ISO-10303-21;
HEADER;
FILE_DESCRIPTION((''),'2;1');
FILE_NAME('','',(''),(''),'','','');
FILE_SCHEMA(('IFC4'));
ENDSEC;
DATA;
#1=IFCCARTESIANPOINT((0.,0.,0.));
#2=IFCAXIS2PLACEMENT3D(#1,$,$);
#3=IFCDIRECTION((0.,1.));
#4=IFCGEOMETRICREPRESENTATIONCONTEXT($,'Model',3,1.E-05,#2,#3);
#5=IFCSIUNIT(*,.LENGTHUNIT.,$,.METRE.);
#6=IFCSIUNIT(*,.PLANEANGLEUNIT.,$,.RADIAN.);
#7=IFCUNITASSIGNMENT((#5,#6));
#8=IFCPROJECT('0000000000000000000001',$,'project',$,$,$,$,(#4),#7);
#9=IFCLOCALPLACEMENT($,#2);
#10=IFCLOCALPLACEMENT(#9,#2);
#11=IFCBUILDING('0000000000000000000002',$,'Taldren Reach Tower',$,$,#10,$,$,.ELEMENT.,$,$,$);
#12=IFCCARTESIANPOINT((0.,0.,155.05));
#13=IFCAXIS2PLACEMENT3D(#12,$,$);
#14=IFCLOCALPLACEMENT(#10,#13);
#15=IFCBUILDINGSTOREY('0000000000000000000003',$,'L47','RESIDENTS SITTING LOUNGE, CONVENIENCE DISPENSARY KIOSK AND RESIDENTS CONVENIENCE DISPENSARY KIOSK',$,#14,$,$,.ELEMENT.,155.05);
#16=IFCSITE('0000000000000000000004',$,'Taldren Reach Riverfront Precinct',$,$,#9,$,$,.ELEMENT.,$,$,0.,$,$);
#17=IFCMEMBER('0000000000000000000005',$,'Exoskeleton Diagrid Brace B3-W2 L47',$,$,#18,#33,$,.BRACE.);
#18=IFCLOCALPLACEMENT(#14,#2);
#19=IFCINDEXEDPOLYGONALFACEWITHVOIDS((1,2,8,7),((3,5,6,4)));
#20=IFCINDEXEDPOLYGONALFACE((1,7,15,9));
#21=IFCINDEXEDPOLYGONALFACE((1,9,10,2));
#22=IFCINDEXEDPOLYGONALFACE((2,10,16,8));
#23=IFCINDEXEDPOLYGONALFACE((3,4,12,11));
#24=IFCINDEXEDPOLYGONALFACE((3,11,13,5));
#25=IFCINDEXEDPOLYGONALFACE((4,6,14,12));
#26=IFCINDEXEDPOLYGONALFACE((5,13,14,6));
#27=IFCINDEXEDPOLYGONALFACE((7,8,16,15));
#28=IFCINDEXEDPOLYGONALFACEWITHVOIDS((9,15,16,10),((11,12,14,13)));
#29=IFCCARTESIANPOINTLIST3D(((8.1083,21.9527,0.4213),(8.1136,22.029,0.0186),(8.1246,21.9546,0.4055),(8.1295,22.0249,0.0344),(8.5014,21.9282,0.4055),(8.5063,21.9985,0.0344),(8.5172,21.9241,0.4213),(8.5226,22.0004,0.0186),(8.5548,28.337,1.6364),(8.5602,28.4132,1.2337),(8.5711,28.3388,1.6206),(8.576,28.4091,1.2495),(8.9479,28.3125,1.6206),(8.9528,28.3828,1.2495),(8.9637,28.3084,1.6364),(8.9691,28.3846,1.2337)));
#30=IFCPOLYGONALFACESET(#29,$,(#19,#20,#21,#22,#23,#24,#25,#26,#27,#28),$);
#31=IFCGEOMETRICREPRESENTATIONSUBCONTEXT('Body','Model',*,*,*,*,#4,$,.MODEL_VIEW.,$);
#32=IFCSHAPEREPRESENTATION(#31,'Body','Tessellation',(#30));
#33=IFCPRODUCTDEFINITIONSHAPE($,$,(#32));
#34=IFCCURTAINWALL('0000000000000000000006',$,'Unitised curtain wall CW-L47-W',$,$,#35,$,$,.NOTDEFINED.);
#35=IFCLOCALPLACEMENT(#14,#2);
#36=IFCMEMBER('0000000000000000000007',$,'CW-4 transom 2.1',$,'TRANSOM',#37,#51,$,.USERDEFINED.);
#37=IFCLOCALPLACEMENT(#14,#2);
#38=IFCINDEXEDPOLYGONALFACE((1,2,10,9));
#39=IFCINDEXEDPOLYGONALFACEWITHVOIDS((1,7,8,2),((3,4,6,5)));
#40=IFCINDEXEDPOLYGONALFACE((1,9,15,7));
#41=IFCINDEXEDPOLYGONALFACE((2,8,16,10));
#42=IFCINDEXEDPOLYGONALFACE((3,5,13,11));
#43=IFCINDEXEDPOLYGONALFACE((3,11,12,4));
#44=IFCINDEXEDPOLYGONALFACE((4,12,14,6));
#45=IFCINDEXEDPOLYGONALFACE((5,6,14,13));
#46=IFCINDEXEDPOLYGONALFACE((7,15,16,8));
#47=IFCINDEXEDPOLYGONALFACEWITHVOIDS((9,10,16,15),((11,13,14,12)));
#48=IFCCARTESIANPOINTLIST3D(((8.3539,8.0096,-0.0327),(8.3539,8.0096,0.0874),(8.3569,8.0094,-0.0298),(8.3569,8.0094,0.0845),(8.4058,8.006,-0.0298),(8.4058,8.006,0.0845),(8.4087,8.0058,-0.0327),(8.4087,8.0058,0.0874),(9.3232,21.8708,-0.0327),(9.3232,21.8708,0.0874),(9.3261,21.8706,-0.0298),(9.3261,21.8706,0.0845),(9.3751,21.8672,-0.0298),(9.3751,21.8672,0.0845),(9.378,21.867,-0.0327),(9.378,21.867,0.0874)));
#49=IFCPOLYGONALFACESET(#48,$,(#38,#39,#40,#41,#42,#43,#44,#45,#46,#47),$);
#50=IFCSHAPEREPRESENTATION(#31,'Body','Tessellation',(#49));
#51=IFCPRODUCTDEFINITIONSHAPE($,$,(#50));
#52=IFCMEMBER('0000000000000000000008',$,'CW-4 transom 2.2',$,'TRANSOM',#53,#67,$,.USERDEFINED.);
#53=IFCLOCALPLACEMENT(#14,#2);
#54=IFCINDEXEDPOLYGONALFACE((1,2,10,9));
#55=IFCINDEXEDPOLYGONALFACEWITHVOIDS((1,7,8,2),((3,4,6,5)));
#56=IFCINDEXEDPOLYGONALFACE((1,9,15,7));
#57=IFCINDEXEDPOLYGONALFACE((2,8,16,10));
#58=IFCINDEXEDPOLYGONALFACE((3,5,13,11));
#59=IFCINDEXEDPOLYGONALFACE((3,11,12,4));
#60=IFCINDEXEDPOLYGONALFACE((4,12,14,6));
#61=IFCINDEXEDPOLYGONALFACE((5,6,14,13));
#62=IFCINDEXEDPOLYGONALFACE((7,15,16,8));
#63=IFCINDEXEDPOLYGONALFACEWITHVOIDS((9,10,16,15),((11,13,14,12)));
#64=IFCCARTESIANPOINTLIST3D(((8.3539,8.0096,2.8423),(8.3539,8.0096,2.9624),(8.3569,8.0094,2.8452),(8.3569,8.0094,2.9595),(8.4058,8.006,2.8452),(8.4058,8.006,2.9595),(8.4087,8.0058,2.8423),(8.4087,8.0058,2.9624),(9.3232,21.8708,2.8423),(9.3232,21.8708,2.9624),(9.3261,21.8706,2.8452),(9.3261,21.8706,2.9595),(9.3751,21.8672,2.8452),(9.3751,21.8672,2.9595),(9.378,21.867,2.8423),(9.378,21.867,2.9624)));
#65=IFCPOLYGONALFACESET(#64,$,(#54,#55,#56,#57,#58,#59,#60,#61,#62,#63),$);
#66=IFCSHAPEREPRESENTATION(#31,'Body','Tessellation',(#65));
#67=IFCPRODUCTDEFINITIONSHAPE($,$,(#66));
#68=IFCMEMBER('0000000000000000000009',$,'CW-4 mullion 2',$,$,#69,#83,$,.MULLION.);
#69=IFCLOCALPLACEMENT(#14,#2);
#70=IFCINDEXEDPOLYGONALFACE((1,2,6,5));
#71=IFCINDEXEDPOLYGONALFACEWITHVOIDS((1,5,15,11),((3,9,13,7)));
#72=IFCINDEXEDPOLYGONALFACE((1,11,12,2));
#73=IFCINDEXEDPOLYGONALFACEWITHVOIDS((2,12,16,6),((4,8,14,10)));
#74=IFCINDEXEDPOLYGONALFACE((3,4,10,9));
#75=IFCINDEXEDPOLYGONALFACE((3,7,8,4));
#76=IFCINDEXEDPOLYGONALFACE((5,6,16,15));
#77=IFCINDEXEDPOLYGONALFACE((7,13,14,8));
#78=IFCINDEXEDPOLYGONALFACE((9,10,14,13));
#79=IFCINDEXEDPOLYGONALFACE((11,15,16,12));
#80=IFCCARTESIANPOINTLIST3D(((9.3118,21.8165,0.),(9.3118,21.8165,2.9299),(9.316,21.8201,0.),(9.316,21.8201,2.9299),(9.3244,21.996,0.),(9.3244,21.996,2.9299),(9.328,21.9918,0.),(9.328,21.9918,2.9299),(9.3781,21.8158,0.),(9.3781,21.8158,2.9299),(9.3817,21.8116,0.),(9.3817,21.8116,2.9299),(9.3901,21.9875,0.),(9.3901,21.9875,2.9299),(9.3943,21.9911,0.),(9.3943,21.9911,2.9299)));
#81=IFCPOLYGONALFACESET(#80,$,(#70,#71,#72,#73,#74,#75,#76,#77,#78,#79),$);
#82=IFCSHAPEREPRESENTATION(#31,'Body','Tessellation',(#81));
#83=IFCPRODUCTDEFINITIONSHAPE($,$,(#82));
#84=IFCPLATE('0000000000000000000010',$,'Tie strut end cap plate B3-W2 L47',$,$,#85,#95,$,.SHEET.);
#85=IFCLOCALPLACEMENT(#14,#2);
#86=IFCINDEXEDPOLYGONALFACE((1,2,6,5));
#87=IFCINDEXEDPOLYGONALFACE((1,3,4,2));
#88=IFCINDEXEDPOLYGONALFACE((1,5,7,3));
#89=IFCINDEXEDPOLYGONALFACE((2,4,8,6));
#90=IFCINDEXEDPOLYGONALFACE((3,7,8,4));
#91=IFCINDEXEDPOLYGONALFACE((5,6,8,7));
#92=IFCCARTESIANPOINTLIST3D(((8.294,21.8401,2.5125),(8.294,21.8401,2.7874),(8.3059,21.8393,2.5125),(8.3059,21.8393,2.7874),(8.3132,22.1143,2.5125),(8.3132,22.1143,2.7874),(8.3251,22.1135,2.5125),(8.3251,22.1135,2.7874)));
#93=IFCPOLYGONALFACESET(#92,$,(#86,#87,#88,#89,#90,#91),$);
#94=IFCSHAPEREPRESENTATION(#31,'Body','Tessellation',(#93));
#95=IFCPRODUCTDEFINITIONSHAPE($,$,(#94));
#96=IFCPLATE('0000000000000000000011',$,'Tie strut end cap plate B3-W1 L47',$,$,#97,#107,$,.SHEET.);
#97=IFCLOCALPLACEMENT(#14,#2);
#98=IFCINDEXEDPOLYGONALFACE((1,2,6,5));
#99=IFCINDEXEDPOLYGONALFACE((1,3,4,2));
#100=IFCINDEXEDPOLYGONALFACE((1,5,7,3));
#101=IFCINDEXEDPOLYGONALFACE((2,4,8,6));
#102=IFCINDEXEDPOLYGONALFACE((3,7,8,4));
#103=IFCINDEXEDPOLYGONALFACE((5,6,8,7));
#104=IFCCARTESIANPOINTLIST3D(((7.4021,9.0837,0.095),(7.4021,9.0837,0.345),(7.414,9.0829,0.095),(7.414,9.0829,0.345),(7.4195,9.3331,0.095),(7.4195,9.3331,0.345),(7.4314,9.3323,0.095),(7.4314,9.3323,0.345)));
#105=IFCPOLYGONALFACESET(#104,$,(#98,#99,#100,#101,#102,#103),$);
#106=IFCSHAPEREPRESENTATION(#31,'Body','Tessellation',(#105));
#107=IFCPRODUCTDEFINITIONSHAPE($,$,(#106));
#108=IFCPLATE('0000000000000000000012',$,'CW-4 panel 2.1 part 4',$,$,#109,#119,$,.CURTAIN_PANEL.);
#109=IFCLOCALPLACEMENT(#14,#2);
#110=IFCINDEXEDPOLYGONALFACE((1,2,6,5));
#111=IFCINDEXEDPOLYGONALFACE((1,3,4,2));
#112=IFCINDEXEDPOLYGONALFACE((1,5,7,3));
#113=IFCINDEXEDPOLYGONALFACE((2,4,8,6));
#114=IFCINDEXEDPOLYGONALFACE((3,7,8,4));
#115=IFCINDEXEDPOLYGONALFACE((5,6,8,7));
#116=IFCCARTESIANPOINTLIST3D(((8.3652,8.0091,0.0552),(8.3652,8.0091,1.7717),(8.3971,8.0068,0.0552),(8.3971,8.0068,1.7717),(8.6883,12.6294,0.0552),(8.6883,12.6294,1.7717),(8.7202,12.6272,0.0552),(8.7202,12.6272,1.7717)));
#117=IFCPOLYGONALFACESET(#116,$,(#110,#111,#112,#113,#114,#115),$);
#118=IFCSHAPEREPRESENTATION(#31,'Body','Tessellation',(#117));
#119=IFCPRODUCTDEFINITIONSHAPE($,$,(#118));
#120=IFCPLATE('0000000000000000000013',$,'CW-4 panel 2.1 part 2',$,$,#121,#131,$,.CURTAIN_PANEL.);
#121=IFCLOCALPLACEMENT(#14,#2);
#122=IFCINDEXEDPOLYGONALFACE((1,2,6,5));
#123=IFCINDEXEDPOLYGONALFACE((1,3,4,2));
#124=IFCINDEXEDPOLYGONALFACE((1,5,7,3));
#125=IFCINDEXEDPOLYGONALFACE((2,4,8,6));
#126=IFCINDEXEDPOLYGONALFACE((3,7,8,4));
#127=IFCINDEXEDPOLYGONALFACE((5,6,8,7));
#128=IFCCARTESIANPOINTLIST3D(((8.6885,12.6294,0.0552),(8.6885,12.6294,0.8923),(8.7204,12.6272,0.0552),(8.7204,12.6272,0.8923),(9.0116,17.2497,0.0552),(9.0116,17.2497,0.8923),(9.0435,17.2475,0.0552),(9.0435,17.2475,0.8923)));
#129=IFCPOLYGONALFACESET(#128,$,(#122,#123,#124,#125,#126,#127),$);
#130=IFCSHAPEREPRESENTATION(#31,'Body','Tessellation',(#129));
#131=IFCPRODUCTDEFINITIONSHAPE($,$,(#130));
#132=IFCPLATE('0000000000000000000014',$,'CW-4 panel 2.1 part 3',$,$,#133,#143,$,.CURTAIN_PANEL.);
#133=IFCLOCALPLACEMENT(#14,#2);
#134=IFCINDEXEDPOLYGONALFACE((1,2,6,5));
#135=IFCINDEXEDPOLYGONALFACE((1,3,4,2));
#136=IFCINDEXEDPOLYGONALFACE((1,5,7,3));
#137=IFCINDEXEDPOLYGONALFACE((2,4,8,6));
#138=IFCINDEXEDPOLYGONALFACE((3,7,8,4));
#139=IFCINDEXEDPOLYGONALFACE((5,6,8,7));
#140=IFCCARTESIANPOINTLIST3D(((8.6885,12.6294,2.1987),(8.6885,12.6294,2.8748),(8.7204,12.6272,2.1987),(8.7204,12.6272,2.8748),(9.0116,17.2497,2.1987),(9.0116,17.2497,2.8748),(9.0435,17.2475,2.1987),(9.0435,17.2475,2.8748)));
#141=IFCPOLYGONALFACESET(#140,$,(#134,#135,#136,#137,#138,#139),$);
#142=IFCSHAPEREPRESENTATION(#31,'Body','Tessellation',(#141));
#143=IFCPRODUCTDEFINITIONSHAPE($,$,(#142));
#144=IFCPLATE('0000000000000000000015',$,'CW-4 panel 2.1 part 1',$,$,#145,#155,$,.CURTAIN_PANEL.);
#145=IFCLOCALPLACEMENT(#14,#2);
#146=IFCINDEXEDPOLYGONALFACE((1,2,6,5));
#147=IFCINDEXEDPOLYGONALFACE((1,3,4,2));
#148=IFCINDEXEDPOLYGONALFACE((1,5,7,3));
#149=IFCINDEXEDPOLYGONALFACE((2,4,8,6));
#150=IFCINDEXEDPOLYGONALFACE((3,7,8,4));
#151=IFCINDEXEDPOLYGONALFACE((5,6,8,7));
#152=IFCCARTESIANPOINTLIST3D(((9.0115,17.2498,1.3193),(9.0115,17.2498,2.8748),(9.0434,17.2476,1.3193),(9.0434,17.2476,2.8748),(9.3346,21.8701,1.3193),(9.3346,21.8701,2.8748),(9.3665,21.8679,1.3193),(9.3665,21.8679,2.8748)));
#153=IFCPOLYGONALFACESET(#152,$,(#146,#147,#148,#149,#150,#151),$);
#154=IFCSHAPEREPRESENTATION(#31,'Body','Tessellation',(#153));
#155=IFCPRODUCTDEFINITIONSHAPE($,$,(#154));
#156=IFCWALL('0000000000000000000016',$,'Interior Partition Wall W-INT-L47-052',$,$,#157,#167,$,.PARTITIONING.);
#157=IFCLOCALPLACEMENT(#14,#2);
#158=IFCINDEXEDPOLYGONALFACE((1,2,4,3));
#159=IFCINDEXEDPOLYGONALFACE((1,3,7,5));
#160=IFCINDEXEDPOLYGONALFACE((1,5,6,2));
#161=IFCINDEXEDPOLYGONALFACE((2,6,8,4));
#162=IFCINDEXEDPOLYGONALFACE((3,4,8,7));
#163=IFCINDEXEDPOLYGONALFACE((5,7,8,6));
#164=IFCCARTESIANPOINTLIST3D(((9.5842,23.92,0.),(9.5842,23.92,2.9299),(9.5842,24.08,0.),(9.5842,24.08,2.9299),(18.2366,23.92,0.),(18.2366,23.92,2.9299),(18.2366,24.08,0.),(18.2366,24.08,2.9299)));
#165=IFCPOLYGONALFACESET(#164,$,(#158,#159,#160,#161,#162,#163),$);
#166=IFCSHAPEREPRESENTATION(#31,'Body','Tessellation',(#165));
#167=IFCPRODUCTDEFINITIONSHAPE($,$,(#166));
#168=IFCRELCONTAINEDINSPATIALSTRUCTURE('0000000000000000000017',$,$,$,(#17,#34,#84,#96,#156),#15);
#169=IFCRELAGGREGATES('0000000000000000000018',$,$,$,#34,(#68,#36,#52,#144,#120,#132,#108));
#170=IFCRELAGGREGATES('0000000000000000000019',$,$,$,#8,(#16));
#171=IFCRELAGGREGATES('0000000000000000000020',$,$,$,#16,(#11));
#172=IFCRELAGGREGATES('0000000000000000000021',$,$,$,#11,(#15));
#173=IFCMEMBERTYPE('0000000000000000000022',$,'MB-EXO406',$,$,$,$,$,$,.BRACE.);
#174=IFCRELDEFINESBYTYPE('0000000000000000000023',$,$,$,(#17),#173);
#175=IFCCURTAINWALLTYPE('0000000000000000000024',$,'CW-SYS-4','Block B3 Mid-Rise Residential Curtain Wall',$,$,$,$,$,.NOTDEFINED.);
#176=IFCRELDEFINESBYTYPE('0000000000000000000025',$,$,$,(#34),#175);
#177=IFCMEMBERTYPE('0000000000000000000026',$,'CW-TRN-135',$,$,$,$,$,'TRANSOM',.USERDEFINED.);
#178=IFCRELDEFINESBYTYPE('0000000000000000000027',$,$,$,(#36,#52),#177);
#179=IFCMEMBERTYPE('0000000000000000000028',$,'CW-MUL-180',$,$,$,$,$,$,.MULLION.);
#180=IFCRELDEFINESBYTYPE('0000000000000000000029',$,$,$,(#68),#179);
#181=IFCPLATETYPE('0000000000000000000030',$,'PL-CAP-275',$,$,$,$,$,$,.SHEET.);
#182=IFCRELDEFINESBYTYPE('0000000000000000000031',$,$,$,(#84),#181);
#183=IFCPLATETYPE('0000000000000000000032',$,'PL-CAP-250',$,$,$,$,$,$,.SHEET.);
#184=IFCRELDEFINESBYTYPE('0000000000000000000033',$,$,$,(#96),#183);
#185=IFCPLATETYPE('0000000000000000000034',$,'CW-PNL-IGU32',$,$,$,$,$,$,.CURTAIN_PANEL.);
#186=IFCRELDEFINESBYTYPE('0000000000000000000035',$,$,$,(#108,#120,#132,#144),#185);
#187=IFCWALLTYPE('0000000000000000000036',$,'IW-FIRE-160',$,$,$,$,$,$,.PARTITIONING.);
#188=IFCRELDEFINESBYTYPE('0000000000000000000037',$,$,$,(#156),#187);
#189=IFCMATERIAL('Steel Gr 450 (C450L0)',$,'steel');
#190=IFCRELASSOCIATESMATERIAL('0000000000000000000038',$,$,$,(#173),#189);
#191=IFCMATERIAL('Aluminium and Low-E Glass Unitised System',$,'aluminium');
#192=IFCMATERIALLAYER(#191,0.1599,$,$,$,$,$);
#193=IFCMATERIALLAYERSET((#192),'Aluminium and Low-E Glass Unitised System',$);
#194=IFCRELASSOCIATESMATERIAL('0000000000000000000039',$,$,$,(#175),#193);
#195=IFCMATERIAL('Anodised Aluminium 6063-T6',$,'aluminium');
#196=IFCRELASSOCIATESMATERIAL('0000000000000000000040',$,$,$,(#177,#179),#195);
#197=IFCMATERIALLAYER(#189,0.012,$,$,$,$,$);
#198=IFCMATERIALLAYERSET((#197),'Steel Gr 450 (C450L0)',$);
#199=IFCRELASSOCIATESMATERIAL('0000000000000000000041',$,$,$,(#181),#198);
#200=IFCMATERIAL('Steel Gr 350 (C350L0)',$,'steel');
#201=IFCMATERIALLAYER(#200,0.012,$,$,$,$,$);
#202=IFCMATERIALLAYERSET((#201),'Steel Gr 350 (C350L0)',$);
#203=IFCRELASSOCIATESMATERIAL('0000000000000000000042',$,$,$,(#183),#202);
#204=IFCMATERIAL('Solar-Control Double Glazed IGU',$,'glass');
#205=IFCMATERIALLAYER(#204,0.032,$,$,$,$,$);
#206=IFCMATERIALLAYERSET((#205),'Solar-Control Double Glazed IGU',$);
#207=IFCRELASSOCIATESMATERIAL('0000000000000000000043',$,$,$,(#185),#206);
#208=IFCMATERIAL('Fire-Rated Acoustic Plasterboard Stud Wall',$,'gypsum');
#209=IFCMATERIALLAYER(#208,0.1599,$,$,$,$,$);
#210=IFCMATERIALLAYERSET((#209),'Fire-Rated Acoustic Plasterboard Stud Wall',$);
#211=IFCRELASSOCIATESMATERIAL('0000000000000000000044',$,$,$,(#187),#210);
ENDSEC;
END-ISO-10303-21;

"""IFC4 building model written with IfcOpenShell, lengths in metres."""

from ifc_helpers import new_model, si_unit, direction, frame, frame_2d, origin, origin_2d, place, context, subcontext, project, spatial, rectangle, hollow_rectangle, extrude, source, transform, mapped, material, layer, layer_set, material_profile, profile_set, type_object, element, aggregate, save


model = new_model("IFC4")

# Units and contexts
model_context = context("Model", 3, precision=1e-05, world=origin(), true_north=direction((0.0, 1.0)))
body_context = subcontext(model_context, "Body", "Model", "MODEL_VIEW")
ifc_project = project(units=[si_unit("LENGTHUNIT", "METRE"), si_unit("PLANEANGLEUNIT", "RADIAN")], contexts=[model_context])

# Site, building, storey
site_placement = place(None, origin())
site = spatial("IfcSite", under=ifc_project, at=site_placement, Name="Taldren Reach Riverfront Precinct", CompositionType="ELEMENT", RefElevation=0.0)
building_placement = place(site_placement, origin())
building = spatial("IfcBuilding", under=site, at=building_placement, Name="Taldren Reach Tower", CompositionType="ELEMENT")
storey_placement = place(building_placement, frame((0.0, 0.0, 155.05)))
storey = spatial("IfcBuildingStorey", under=building, at=storey_placement, Name="L47", Description="RESIDENTS SITTING LOUNGE, CONVENIENCE DISPENSARY KIOSK AND RESIDENTS CONVENIENCE DISPENSARY KIOSK", CompositionType="ELEMENT", Elevation=155.05)

# Shared definitions
ifc_material_1 = material(Name="Steel Gr 450 (C450L0)", Category="steel")
ifc_material_2 = material(Name="Steel Gr 350 (C350L0)", Category="steel")

# Member
ifc_material_profile_1 = material_profile(ifc_material_1, hollow_rectangle(XDim=0.4099, YDim=0.4099, WallThickness=0.0161, at=origin_2d()), Name="410x410x16.0SHS")
ifc_profile_set_1 = profile_set([ifc_material_profile_1], Name="Steel Gr 450 (C450L0)")
member_type_1 = type_object("IfcMemberType", Name="MB-EXO406", PredefinedType="BRACE", material=ifc_profile_set_1)
shared_shape_1 = source(origin(), body_context, "Body", "SweptSolid", [
    extrude(hollow_rectangle(XDim=0.4099, YDim=0.4099, WallThickness=0.0161, at=origin_2d()), origin(), (0.0, 0.0, 1.0), 6.5142),
])
member_1_placement = place(storey_placement, frame((8.3154, 21.9766, 0.22), z_axis=(0.068548, 0.980055, 0.186529), x_axis=(-0.997563, 0.069772, 0.0)))
element("IfcMember", 1, at=member_1_placement, inside=storey, type_object=member_type_1, Name="Exoskeleton Diagrid Brace B3-W2 L47", PredefinedType="BRACE", context=body_context, shape_type="MappedRepresentation", body=[
    mapped(shared_shape_1, transform((0.0, 0.0, 0.0), scale=1.0)),
])

# Curtain wall, members
ifc_material_3 = material(Name="Aluminium and Low-E Glass Unitised System", Category="aluminium")
ifc_layer_1 = layer(ifc_material_3, 0.1599)
ifc_layer_set_1 = layer_set([ifc_layer_1], Name="Aluminium and Low-E Glass Unitised System")
curtain_wall_type = type_object("IfcCurtainWallType", Name="CW-SYS-4", Description="Block B3 Mid-Rise Residential Curtain Wall", PredefinedType="NOTDEFINED", material=ifc_layer_set_1)
curtain_wall_placement = place(storey_placement, origin())
curtain_wall = element("IfcCurtainWall", 2, at=curtain_wall_placement, inside=storey, type_object=curtain_wall_type, Name="Unitised curtain wall CW-L47-W", PredefinedType="NOTDEFINED")
ifc_material_4 = material(Name="Anodised Aluminium 6063-T6", Category="aluminium")
ifc_material_profile_2 = material_profile(ifc_material_4, hollow_rectangle(XDim=0.0549, YDim=0.1201, WallThickness=0.0029, at=origin_2d()), Name="ALU-120x55x3RHS")
ifc_profile_set_2 = profile_set([ifc_material_profile_2], Name="Anodised Aluminium 6063-T6")
member_type_2 = type_object("IfcMemberType", Name="CW-TRN-135", ElementType="TRANSOM", PredefinedType="USERDEFINED", material=ifc_profile_set_2)
shared_shape_2 = source(origin(), body_context, "Body", "SweptSolid", [
    extrude(hollow_rectangle(XDim=0.0549, YDim=0.1201, WallThickness=0.0029, at=origin_2d()), origin(), (0.0, 0.0, 1.0), 13.895),
])
member_2_placement = place(storey_placement, frame((9.3506, 21.8689, 0.0273), z_axis=(-0.069755, -0.997564, 0.0), x_axis=(0.997564, -0.069755, 0.0)))
member_2 = element("IfcMember", 3, at=member_2_placement, type_object=member_type_2, Name="CW-4 transom 2.1", ObjectType="TRANSOM", PredefinedType="USERDEFINED", context=body_context, shape_type="MappedRepresentation", body=[
    mapped(shared_shape_2, transform((0.0, 0.0, 0.0), scale=1.0)),
])
member_3_placement = place(storey_placement, frame((9.3506, 21.8689, 2.9023), z_axis=(-0.069755, -0.997564, 0.0), x_axis=(0.997564, -0.069755, 0.0)))
member_3 = element("IfcMember", 4, at=member_3_placement, type_object=member_type_2, Name="CW-4 transom 2.2", ObjectType="TRANSOM", PredefinedType="USERDEFINED", context=body_context, shape_type="MappedRepresentation", body=[
    mapped(shared_shape_2, transform((0.0, 0.0, 0.0), scale=1.0)),
])
ifc_material_profile_3 = material_profile(ifc_material_4, hollow_rectangle(XDim=0.0701, YDim=0.1799, WallThickness=0.0039, at=origin_2d()), Name="ALU-180x70x4RHS")
ifc_profile_set_3 = profile_set([ifc_material_profile_3], Name="Anodised Aluminium 6063-T6")
member_type_3 = type_object("IfcMemberType", Name="CW-MUL-180", PredefinedType="MULLION", material=ifc_profile_set_3)
shared_shape_3 = source(origin(), body_context, "Body", "SweptSolid", [
    extrude(hollow_rectangle(XDim=0.0701, YDim=0.1799, WallThickness=0.0039, at=origin_2d()), origin(), (0.0, 0.0, 1.0), 2.9299),
])
member_4_placement = place(storey_placement, frame((9.353, 21.9038, 0.0), z_axis=(0.0, 0.0, 1.0), x_axis=(0.997564, -0.069756, 0.0)))
member_4 = element("IfcMember", 5, at=member_4_placement, type_object=member_type_3, Name="CW-4 mullion 2", PredefinedType="MULLION", context=body_context, shape_type="MappedRepresentation", body=[
    mapped(shared_shape_3, transform((0.0, 0.0, 0.0), scale=1.0)),
])

# Plates
ifc_layer_2 = layer(ifc_material_1, 0.012)
ifc_layer_set_2 = layer_set([ifc_layer_2], Name="Steel Gr 450 (C450L0)")
plate_type_1 = type_object("IfcPlateType", Name="PL-CAP-275", PredefinedType="SHEET", material=ifc_layer_set_2)
shared_shape_4 = source(origin(), body_context, "Body", "SweptSolid", [
    extrude(rectangle(XDim=0.012, YDim=0.2749, at=origin_2d()), origin(), (0.0, 0.0, 1.0), 0.2749),
])
plate_1_placement = place(storey_placement, frame((8.3096, 21.9768, 2.5125), z_axis=(0.0, 0.0, 1.0), x_axis=(0.997564, -0.069756, 0.0)))
element("IfcPlate", 6, at=plate_1_placement, inside=storey, type_object=plate_type_1, Name="Tie strut end cap plate B3-W2 L47", PredefinedType="SHEET", context=body_context, shape_type="MappedRepresentation", body=[
    mapped(shared_shape_4, transform((0.0, 0.0, 0.0), scale=1.0)),
])
ifc_layer_3 = layer(ifc_material_2, 0.012)
ifc_layer_set_3 = layer_set([ifc_layer_3], Name="Steel Gr 350 (C350L0)")
plate_type_2 = type_object("IfcPlateType", Name="PL-CAP-250", PredefinedType="SHEET", material=ifc_layer_set_3)
shared_shape_5 = source(origin(), body_context, "Body", "SweptSolid", [
    extrude(rectangle(XDim=0.012, YDim=0.25, at=origin_2d()), origin(), (0.0, 0.0, 1.0), 0.25),
])
plate_2_placement = place(storey_placement, frame((7.4167, 9.208, 0.095), z_axis=(0.0, 0.0, 1.0), x_axis=(0.997564, -0.069756, 0.0)))
element("IfcPlate", 7, at=plate_2_placement, inside=storey, type_object=plate_type_2, Name="Tie strut end cap plate B3-W1 L47", PredefinedType="SHEET", context=body_context, shape_type="MappedRepresentation", body=[
    mapped(shared_shape_5, transform((0.0, 0.0, 0.0), scale=1.0)),
])

# Plates
ifc_material_5 = material(Name="Solar-Control Double Glazed IGU", Category="glass")
ifc_layer_4 = layer(ifc_material_5, 0.032)
ifc_layer_set_4 = layer_set([ifc_layer_4], Name="Solar-Control Double Glazed IGU")
plate_type_3 = type_object("IfcPlateType", Name="CW-PNL-IGU32", PredefinedType="CURTAIN_PANEL", material=ifc_layer_set_4)
shared_shape_6 = source(origin(), body_context, "Body", "SweptSolid", [
    extrude(rectangle(XDim=4.6316, YDim=0.032, at=origin_2d()), origin(), (0.0, 0.0, 1.0), 1.7166),
])
plate_3_placement = place(storey_placement, frame((8.5427, 10.3181, 0.0552), z_axis=(0.0, 0.0, 1.0), x_axis=(-0.069756, -0.997564, 0.0)))
plate_3 = element("IfcPlate", 8, at=plate_3_placement, type_object=plate_type_3, Name="CW-4 panel 2.1 part 4", PredefinedType="CURTAIN_PANEL", context=body_context, shape_type="MappedRepresentation", body=[
    mapped(shared_shape_6, transform((0.0, 0.0, 0.0), scale=1.0)),
])
shared_shape_7 = source(origin(), body_context, "Body", "SweptSolid", [
    extrude(rectangle(XDim=4.6316, YDim=0.032, at=origin_2d()), origin(), (0.0, 0.0, 1.0), 0.8372),
])
plate_4_placement = place(storey_placement, frame((8.866, 14.9385, 0.0552), z_axis=(0.0, 0.0, 1.0), x_axis=(-0.069756, -0.997564, 0.0)))
plate_4 = element("IfcPlate", 9, at=plate_4_placement, type_object=plate_type_3, Name="CW-4 panel 2.1 part 2", PredefinedType="CURTAIN_PANEL", context=body_context, shape_type="MappedRepresentation", body=[
    mapped(shared_shape_7, transform((0.0, 0.0, 0.0), scale=1.0)),
])
shared_shape_8 = source(origin(), body_context, "Body", "SweptSolid", [
    extrude(rectangle(XDim=4.6316, YDim=0.032, at=origin_2d()), origin(), (0.0, 0.0, 1.0), 0.676),
])
plate_5_placement = place(storey_placement, frame((8.866, 14.9385, 2.1987), z_axis=(0.0, 0.0, 1.0), x_axis=(-0.069756, -0.997564, 0.0)))
plate_5 = element("IfcPlate", 10, at=plate_5_placement, type_object=plate_type_3, Name="CW-4 panel 2.1 part 3", PredefinedType="CURTAIN_PANEL", context=body_context, shape_type="MappedRepresentation", body=[
    mapped(shared_shape_8, transform((0.0, 0.0, 0.0), scale=1.0)),
])
shared_shape_9 = source(origin(), body_context, "Body", "SweptSolid", [
    extrude(rectangle(XDim=4.6316, YDim=0.032, at=origin_2d()), origin(), (0.0, 0.0, 1.0), 1.5554),
])
plate_6_placement = place(storey_placement, frame((9.189, 19.5588, 1.3193), z_axis=(0.0, 0.0, 1.0), x_axis=(-0.069756, -0.997564, 0.0)))
plate_6 = element("IfcPlate", 11, at=plate_6_placement, type_object=plate_type_3, Name="CW-4 panel 2.1 part 1", PredefinedType="CURTAIN_PANEL", context=body_context, shape_type="MappedRepresentation", body=[
    mapped(shared_shape_9, transform((0.0, 0.0, 0.0), scale=1.0)),
])
aggregate(curtain_wall, [member_4, member_2, member_3, plate_6, plate_4, plate_5, plate_3])

# Wall
ifc_material_6 = material(Name="Fire-Rated Acoustic Plasterboard Stud Wall", Category="gypsum")
ifc_layer_5 = layer(ifc_material_6, 0.1599)
ifc_layer_set_5 = layer_set([ifc_layer_5], Name="Fire-Rated Acoustic Plasterboard Stud Wall")
wall_type_1 = type_object("IfcWallType", Name="IW-FIRE-160", PredefinedType="PARTITIONING", material=ifc_layer_set_5)
shared_shape_10 = source(origin(), body_context, "Body", "SweptSolid", [
    extrude(rectangle(XDim=8.6523, YDim=0.1599, at=frame_2d((4.3262, 0.0))), origin(), (0.0, 0.0, 1.0), 2.9299),
])
wall_1_placement = place(storey_placement, frame((9.5842, 24.0, 0.0), z_axis=(0.0, 0.0, 1.0), x_axis=(1.0, 0.0, 0.0)))
element("IfcWall", 12, at=wall_1_placement, inside=storey, type_object=wall_type_1, Name="Interior Partition Wall W-INT-L47-052", PredefinedType="PARTITIONING", context=body_context, shape_type="MappedRepresentation", body=[
    mapped(shared_shape_10, transform((0.0, 0.0, 0.0), scale=1.0)),
])

save(model, "model.ifc")
